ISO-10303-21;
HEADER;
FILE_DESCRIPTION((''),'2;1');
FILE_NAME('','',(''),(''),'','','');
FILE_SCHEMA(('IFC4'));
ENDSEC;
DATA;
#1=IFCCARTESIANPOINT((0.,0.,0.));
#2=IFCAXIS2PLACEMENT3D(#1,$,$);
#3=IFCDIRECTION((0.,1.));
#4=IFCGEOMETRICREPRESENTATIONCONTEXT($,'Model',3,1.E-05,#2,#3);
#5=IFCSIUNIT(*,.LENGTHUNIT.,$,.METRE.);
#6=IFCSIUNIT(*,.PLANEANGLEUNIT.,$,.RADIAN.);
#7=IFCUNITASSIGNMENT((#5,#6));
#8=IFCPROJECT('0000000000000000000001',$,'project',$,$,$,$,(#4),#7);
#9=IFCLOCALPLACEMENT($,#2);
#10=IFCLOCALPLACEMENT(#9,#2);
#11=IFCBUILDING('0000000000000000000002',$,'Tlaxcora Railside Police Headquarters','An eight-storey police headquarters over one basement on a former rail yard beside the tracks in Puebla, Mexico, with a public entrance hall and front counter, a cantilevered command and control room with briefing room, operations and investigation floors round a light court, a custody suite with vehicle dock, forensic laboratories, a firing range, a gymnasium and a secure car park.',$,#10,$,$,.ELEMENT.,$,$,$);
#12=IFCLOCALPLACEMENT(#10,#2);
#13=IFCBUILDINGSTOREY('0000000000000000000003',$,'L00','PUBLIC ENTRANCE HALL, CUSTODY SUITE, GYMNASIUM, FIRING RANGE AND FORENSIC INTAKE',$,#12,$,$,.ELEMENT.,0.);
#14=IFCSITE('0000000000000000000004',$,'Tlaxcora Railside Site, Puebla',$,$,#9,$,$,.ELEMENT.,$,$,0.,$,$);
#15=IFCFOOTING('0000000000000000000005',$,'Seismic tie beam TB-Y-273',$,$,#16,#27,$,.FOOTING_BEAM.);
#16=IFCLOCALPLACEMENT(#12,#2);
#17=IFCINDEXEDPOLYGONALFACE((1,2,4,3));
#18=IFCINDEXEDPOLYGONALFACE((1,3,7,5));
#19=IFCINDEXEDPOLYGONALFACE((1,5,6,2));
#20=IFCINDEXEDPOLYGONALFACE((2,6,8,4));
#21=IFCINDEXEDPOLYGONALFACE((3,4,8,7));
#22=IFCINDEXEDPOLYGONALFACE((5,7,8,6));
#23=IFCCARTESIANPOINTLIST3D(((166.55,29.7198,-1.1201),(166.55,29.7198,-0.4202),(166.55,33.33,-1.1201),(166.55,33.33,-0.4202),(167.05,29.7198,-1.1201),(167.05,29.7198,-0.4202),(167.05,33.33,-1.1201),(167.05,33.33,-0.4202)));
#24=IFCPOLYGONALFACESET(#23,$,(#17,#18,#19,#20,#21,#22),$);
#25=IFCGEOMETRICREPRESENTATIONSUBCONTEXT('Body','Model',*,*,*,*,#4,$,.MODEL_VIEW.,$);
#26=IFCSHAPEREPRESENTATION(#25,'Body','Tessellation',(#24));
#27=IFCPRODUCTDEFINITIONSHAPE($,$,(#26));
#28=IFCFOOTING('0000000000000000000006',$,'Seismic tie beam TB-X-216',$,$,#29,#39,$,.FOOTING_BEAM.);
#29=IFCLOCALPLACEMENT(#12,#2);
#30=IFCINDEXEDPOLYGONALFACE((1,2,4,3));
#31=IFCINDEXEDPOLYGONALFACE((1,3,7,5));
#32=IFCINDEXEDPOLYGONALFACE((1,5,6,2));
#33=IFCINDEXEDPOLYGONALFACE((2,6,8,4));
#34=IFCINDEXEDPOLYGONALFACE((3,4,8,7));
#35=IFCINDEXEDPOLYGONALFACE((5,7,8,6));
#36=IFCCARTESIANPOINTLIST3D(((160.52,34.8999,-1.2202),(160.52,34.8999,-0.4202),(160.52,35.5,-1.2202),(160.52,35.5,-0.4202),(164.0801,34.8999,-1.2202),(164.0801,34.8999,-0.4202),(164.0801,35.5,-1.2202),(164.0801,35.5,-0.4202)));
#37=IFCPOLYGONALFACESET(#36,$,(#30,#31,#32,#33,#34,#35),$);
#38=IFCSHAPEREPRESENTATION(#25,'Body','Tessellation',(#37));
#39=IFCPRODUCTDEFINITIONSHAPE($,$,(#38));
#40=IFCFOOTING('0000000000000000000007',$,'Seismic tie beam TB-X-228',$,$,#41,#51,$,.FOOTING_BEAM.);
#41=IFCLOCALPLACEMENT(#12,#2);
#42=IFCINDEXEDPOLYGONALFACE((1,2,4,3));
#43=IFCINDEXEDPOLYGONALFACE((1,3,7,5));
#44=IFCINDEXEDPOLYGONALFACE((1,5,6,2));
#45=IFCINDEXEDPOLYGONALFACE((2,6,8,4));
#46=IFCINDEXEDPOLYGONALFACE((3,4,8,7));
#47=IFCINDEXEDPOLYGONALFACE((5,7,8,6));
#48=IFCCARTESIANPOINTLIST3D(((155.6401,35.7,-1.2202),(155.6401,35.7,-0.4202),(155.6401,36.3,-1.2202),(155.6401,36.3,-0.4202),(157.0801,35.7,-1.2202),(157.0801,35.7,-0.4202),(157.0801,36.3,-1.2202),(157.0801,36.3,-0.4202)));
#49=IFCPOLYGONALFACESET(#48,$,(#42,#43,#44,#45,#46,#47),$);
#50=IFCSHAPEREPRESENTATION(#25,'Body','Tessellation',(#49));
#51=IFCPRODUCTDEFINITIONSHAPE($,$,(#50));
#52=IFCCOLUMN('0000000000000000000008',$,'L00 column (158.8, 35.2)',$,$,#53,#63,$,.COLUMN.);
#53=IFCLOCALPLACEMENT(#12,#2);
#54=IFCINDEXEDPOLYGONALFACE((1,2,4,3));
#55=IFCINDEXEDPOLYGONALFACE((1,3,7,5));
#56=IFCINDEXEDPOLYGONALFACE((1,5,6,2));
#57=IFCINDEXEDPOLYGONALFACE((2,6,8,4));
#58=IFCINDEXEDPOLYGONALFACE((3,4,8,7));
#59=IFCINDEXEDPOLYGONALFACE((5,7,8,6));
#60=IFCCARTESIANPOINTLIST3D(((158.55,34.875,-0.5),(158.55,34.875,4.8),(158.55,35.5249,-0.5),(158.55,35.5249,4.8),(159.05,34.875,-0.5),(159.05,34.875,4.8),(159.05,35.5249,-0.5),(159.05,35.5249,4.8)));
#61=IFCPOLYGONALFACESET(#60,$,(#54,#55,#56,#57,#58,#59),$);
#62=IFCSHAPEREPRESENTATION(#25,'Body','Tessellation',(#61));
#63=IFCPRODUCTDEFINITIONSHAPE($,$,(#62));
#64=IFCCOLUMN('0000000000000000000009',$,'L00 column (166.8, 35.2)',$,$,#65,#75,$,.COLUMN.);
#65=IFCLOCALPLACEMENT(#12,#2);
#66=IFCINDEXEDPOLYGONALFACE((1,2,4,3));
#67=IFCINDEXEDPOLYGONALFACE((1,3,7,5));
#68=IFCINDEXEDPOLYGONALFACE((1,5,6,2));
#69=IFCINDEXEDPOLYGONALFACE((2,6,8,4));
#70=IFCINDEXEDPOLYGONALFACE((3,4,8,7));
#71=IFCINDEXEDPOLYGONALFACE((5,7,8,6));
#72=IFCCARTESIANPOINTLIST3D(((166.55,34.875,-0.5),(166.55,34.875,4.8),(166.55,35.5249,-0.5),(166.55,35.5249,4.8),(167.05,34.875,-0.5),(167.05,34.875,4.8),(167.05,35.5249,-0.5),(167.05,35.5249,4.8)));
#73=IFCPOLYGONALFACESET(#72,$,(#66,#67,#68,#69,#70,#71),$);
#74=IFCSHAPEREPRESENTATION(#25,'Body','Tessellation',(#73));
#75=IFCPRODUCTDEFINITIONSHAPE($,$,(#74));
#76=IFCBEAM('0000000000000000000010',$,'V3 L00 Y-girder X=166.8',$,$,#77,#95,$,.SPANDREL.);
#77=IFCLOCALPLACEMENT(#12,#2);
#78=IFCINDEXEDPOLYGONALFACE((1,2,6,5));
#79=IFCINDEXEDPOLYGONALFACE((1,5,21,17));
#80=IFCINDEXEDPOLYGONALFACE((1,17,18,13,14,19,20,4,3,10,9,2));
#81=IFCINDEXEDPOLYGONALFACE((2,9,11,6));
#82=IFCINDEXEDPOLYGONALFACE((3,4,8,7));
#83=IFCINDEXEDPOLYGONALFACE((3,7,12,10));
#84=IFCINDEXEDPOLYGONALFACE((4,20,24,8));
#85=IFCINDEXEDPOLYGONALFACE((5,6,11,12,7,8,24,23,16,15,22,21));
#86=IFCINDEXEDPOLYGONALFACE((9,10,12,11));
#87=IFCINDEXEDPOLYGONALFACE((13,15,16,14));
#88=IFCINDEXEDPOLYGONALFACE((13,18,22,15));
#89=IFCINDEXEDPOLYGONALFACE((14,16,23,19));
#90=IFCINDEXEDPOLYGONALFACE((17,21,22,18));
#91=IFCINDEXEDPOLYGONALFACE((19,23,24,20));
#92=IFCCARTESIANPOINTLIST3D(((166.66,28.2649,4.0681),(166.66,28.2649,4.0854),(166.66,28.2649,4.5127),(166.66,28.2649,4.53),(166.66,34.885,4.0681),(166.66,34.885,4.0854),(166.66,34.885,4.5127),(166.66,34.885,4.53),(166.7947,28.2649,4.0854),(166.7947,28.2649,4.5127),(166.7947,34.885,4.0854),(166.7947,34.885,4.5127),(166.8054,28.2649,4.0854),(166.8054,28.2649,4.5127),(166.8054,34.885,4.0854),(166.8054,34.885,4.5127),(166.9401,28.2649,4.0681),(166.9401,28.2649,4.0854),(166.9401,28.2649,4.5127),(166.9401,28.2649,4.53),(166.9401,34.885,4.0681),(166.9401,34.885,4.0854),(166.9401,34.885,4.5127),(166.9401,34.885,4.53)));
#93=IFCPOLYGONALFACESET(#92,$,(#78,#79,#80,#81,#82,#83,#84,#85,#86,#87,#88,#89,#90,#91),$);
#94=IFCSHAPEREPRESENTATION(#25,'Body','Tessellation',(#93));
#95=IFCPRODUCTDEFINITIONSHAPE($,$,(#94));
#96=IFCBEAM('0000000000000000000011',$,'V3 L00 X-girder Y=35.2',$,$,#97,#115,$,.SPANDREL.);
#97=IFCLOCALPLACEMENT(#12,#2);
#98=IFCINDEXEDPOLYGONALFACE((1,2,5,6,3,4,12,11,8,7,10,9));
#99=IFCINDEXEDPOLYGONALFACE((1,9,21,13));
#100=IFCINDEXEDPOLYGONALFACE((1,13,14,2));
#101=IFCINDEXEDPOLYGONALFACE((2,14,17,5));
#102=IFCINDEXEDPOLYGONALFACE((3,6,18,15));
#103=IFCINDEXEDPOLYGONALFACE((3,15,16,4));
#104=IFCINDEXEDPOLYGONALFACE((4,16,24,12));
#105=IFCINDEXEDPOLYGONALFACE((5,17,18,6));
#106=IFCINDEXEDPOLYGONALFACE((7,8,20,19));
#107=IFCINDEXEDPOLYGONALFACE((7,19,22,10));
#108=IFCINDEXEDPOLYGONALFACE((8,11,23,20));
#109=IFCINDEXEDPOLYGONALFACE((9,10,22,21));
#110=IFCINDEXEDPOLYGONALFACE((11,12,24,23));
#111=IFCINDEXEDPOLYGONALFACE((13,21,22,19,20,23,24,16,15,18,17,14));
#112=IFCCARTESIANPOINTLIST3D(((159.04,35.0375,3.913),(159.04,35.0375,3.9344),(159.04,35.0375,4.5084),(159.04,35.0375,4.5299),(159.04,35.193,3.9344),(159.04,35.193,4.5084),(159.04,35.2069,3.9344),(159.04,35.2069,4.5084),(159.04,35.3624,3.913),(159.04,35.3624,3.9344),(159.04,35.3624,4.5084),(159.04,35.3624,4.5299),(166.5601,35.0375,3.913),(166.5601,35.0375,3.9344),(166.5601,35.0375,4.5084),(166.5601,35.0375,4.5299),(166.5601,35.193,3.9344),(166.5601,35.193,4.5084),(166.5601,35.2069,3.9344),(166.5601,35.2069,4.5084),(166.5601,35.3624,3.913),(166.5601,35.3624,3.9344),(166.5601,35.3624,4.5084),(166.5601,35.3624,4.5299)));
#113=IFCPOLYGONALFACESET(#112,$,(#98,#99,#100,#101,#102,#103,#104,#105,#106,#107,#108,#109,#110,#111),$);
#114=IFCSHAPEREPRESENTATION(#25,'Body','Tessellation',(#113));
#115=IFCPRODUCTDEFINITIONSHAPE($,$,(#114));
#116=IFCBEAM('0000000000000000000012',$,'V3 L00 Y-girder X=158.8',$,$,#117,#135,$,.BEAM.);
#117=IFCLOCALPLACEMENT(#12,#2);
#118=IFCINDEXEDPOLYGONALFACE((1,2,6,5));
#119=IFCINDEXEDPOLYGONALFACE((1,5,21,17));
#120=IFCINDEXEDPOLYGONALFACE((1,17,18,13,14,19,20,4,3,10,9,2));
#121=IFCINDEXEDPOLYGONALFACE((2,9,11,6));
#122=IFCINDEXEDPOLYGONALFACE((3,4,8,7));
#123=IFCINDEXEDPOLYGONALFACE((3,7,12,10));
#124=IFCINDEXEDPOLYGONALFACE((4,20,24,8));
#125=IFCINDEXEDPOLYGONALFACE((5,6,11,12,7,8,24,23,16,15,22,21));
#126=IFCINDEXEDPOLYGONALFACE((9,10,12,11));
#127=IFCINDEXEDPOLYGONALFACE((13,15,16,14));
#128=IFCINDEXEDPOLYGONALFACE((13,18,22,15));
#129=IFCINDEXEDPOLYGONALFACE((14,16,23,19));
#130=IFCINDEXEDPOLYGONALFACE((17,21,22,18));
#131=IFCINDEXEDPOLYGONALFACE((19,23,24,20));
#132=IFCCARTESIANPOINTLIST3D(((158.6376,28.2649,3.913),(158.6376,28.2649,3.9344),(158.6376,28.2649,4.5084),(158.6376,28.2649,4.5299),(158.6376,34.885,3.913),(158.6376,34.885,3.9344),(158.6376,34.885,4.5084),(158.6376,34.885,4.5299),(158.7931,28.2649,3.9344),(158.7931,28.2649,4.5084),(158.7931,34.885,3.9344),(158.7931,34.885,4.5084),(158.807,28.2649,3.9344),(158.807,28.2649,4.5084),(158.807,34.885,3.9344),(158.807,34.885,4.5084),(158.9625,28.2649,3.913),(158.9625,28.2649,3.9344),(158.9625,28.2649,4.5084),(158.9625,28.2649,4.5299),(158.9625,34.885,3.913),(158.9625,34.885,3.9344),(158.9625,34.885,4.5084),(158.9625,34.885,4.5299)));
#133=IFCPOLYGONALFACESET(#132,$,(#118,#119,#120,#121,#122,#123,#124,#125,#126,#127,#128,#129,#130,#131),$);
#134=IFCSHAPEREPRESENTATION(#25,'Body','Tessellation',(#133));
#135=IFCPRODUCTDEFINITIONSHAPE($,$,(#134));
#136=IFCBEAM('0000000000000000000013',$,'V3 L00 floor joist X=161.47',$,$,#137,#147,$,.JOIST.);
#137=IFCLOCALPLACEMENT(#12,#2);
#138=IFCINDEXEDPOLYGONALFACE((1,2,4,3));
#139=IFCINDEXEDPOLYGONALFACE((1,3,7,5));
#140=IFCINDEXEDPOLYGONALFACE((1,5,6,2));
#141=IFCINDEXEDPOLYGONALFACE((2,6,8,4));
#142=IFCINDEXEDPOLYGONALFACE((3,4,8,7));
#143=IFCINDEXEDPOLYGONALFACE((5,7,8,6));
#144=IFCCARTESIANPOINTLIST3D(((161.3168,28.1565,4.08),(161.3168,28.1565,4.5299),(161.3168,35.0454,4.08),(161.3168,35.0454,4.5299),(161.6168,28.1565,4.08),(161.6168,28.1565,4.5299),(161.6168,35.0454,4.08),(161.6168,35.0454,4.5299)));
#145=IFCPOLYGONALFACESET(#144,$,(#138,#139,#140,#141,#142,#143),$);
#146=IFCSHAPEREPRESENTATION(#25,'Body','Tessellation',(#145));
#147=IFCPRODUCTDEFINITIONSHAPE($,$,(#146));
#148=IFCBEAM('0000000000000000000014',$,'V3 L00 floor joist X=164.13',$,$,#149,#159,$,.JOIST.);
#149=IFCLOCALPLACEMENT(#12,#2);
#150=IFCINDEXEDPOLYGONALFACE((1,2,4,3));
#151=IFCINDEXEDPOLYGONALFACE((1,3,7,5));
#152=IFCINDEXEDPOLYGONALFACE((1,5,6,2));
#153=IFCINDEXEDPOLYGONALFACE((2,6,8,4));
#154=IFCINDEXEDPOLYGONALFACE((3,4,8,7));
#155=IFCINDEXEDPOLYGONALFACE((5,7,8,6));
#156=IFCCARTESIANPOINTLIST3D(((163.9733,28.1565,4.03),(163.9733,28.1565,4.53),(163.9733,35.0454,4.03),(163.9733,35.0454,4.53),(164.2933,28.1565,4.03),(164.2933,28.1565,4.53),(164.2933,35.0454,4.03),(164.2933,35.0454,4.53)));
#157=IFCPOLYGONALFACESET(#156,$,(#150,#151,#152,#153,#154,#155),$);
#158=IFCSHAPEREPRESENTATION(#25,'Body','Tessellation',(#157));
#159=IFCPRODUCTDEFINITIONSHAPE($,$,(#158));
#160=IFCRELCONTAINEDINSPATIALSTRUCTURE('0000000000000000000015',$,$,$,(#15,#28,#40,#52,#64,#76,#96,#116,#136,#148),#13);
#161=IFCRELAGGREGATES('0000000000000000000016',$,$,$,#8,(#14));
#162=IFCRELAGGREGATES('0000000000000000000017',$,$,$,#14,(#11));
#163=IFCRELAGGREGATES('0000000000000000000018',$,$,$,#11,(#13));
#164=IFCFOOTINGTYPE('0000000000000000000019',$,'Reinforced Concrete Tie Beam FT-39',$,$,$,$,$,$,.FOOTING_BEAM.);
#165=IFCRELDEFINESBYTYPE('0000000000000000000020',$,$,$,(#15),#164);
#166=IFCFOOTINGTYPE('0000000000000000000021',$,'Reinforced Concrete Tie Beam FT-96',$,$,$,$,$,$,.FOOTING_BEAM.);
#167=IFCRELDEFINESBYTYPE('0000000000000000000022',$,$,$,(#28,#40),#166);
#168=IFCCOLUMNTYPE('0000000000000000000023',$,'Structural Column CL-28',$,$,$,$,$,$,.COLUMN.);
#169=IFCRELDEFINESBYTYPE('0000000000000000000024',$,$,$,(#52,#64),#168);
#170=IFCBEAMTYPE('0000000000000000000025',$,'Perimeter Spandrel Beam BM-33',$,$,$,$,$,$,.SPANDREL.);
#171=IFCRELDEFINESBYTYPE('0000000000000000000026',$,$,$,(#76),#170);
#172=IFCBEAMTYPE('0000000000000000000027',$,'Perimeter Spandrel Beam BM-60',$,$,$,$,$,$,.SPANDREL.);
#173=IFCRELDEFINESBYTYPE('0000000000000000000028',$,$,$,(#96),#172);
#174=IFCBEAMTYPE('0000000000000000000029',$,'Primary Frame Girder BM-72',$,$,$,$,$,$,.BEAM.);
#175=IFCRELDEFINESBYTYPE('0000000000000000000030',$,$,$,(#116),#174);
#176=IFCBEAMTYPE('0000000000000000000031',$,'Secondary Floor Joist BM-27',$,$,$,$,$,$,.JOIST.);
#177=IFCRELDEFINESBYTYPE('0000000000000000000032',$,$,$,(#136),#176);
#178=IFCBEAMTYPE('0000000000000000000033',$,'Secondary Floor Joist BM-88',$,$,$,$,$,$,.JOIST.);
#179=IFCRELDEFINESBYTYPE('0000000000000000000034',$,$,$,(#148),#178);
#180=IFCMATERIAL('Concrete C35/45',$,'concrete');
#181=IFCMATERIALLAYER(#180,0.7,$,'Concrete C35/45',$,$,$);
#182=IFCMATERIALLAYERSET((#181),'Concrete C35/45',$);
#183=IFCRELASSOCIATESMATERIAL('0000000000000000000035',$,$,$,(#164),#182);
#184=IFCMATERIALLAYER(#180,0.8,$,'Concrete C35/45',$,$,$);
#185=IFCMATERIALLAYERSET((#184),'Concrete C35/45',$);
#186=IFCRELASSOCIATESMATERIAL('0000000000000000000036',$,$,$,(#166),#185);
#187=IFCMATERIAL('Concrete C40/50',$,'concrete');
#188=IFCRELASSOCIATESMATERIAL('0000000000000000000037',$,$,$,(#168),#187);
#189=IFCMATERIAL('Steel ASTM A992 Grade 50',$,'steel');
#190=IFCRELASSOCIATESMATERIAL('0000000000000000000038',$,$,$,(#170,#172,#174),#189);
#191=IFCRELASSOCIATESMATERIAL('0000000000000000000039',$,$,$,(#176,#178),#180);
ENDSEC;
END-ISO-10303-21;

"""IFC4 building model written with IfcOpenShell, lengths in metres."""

from ifc_helpers import new_model, si_unit, direction, frame, origin, origin_2d, place, context, subcontext, project, spatial, rectangle, i_section, extrude, material, layer, layer_set, material_profile, profile_set, type_object, element, save


model = new_model("IFC4")

# Units and contexts
model_context = context("Model", 3, precision=1e-05, world=origin(), true_north=direction((0.0, 1.0)))
body_context = subcontext(model_context, "Body", "Model", "MODEL_VIEW")
ifc_project = project(units=[si_unit("LENGTHUNIT", "METRE"), si_unit("PLANEANGLEUNIT", "RADIAN")], contexts=[model_context])

# Site, building, storey
site_placement = place(None, origin())
site = spatial("IfcSite", under=ifc_project, at=site_placement, Name="Tlaxcora Railside Site, Puebla", CompositionType="ELEMENT", RefElevation=0.0)
building_placement = place(site_placement, origin())
building = spatial("IfcBuilding", under=site, at=building_placement, Name="Tlaxcora Railside Police Headquarters", Description="An eight-storey police headquarters over one basement on a former rail yard beside the tracks in Puebla, Mexico, with a public entrance hall and front counter, a cantilevered command and control room with briefing room, operations and investigation floors round a light court, a custody suite with vehicle dock, forensic laboratories, a firing range, a gymnasium and a secure car park.", CompositionType="ELEMENT")
storey_placement = place(building_placement, origin())
storey = spatial("IfcBuildingStorey", under=building, at=storey_placement, Name="L00", Description="PUBLIC ENTRANCE HALL, CUSTODY SUITE, GYMNASIUM, FIRING RANGE AND FORENSIC INTAKE", CompositionType="ELEMENT", Elevation=0.0)

# Shared definitions
ifc_material_1 = material(Name="Concrete C35/45", Category="concrete")

# Footings
ifc_material_2 = material(Name="Concrete C40/50", Category="concrete")
ifc_layer_1 = layer(ifc_material_1, 0.7, Name="Concrete C35/45")
ifc_layer_set_1 = layer_set([ifc_layer_1], Name="Concrete C35/45")
footing_type_1 = type_object("IfcFootingType", Name="Reinforced Concrete Tie Beam FT-39", PredefinedType="FOOTING_BEAM", material=ifc_layer_set_1)
footing_1_placement = place(storey_placement, frame((166.8, 31.5249, -1.1201), z_axis=(0.0, 0.0, 1.0), x_axis=(0.0, 1.0, 0.0)))
element("IfcFooting", 1, at=footing_1_placement, inside=storey, type_object=footing_type_1, Name="Seismic tie beam TB-Y-273", PredefinedType="FOOTING_BEAM", context=body_context, shape_type="SweptSolid", body=[
    extrude(rectangle(XDim=3.6101, YDim=0.5, at=origin_2d()), origin(), (0.0, 0.0, 1.0), 0.7),
])
ifc_layer_2 = layer(ifc_material_1, 0.8, Name="Concrete C35/45")
ifc_layer_set_2 = layer_set([ifc_layer_2], Name="Concrete C35/45")
footing_type_2 = type_object("IfcFootingType", Name="Reinforced Concrete Tie Beam FT-96", PredefinedType="FOOTING_BEAM", material=ifc_layer_set_2)
footing_2_placement = place(storey_placement, frame((162.3, 35.2, -1.2202), z_axis=(0.0, 0.0, 1.0), x_axis=(1.0, 0.0, 0.0)))
element("IfcFooting", 2, at=footing_2_placement, inside=storey, type_object=footing_type_2, Name="Seismic tie beam TB-X-216", PredefinedType="FOOTING_BEAM", context=body_context, shape_type="SweptSolid", body=[
    extrude(rectangle(XDim=3.5601, YDim=0.6001, at=origin_2d()), origin(), (0.0, 0.0, 1.0), 0.8),
])
footing_3_placement = place(storey_placement, frame((156.3601, 36.0, -1.2202), z_axis=(0.0, 0.0, 1.0), x_axis=(1.0, 0.0, 0.0)))
element("IfcFooting", 3, at=footing_3_placement, inside=storey, type_object=footing_type_2, Name="Seismic tie beam TB-X-228", PredefinedType="FOOTING_BEAM", context=body_context, shape_type="SweptSolid", body=[
    extrude(rectangle(XDim=1.4399, YDim=0.6001, at=origin_2d()), origin(), (0.0, 0.0, 1.0), 0.8),
])

# Columns
ifc_material_profile_1 = material_profile(ifc_material_2, rectangle(XDim=0.5, YDim=0.6499, at=origin_2d()), Name="RC500X650")
ifc_profile_set_1 = profile_set([ifc_material_profile_1], Name="Concrete C40/50")
column_type = type_object("IfcColumnType", Name="Structural Column CL-28", PredefinedType="COLUMN", material=ifc_profile_set_1)
for number, where, z_axis, x_axis, name in (
    (4, (158.8, 35.2, -0.5), (0.0, 0.0, 1.0), (1.0, 0.0, 0.0), "L00 column (158.8, 35.2)"),
    (5, (166.8, 35.2, -0.5), (0.0, 0.0, 1.0), (1.0, 0.0, 0.0), "L00 column (166.8, 35.2)"),
):
    element("IfcColumn", number, at=place(storey_placement, frame(where, z_axis=z_axis, x_axis=x_axis)), inside=storey, type_object=column_type, Name=name, PredefinedType="COLUMN", context=body_context, shape_type="SweptSolid", body=[
        extrude(rectangle(XDim=0.5, YDim=0.6499, at=origin_2d()), origin(), (0.0, 0.0, 1.0), 5.3),
    ])

# Beams
ifc_material_3 = material(Name="Steel ASTM A992 Grade 50", Category="steel")
ifc_material_profile_2 = material_profile(ifc_material_3, i_section(OverallWidth=0.28, OverallDepth=0.4619, WebThickness=0.0107, FlangeThickness=0.0173, at=origin_2d()), Name="W18X76")
ifc_profile_set_2 = profile_set([ifc_material_profile_2], Name="Steel ASTM A992 Grade 50")
beam_type_1 = type_object("IfcBeamType", Name="Perimeter Spandrel Beam BM-33", PredefinedType="SPANDREL", material=ifc_profile_set_2)
beam_1_placement = place(storey_placement, frame((166.8, 28.2649, 4.2991), z_axis=(0.0, 1.0, 0.0), x_axis=(-1.0, 0.0, 0.0)))
element("IfcBeam", 6, at=beam_1_placement, inside=storey, type_object=beam_type_1, Name="V3 L00 Y-girder X=166.8", PredefinedType="SPANDREL", context=body_context, shape_type="SweptSolid", body=[
    extrude(i_section(OverallWidth=0.28, OverallDepth=0.4619, WebThickness=0.0107, FlangeThickness=0.0173, at=origin_2d()), origin(), (0.0, 0.0, 1.0), 6.6201),
])
ifc_material_profile_3 = material_profile(ifc_material_3, i_section(OverallWidth=0.325, OverallDepth=0.6169, WebThickness=0.0139, FlangeThickness=0.0215, at=origin_2d()), Name="W24X117")
ifc_profile_set_3 = profile_set([ifc_material_profile_3], Name="Steel ASTM A992 Grade 50")
beam_type_2 = type_object("IfcBeamType", Name="Perimeter Spandrel Beam BM-60", PredefinedType="SPANDREL", material=ifc_profile_set_3)
beam_2_placement = place(storey_placement, frame((159.04, 35.2, 4.2214), z_axis=(1.0, 0.0, 0.0), x_axis=(0.0, 1.0, 0.0)))
element("IfcBeam", 7, at=beam_2_placement, inside=storey, type_object=beam_type_2, Name="V3 L00 X-girder Y=35.2", PredefinedType="SPANDREL", context=body_context, shape_type="SweptSolid", body=[
    extrude(i_section(OverallWidth=0.325, OverallDepth=0.6169, WebThickness=0.0139, FlangeThickness=0.0215, at=origin_2d()), origin(), (0.0, 0.0, 1.0), 7.52),
])
ifc_material_profile_4 = material_profile(ifc_material_3, i_section(OverallWidth=0.325, OverallDepth=0.6169, WebThickness=0.0139, FlangeThickness=0.0215, at=origin_2d()), Name="W24X117")
ifc_profile_set_4 = profile_set([ifc_material_profile_4], Name="Steel ASTM A992 Grade 50")
beam_type_3 = type_object("IfcBeamType", Name="Primary Frame Girder BM-72", PredefinedType="BEAM", material=ifc_profile_set_4)
beam_3_placement = place(storey_placement, frame((158.8, 28.2649, 4.2214), z_axis=(0.0, 1.0, 0.0), x_axis=(-1.0, 0.0, 0.0)))
element("IfcBeam", 8, at=beam_3_placement, inside=storey, type_object=beam_type_3, Name="V3 L00 Y-girder X=158.8", PredefinedType="BEAM", context=body_context, shape_type="SweptSolid", body=[
    extrude(i_section(OverallWidth=0.325, OverallDepth=0.6169, WebThickness=0.0139, FlangeThickness=0.0215, at=origin_2d()), origin(), (0.0, 0.0, 1.0), 6.6201),
])
ifc_material_profile_5 = material_profile(ifc_material_1, rectangle(XDim=0.3, YDim=0.45, at=origin_2d()), Name="RC300X450")
ifc_profile_set_5 = profile_set([ifc_material_profile_5], Name="Concrete C35/45")
beam_type_4 = type_object("IfcBeamType", Name="Secondary Floor Joist BM-27", PredefinedType="JOIST", material=ifc_profile_set_5)
beam_4_placement = place(storey_placement, frame((161.4668, 28.1565, 4.3049), z_axis=(0.0, 1.0, 0.0), x_axis=(-1.0, 0.0, 0.0)))
element("IfcBeam", 9, at=beam_4_placement, inside=storey, type_object=beam_type_4, Name="V3 L00 floor joist X=161.47", PredefinedType="JOIST", context=body_context, shape_type="SweptSolid", body=[
    extrude(rectangle(XDim=0.3, YDim=0.45, at=origin_2d()), origin(), (0.0, 0.0, 1.0), 6.8889),
])
ifc_material_profile_6 = material_profile(ifc_material_1, rectangle(XDim=0.3201, YDim=0.5, at=origin_2d()), Name="RC320X500")
ifc_profile_set_6 = profile_set([ifc_material_profile_6], Name="Concrete C35/45")
beam_type_5 = type_object("IfcBeamType", Name="Secondary Floor Joist BM-88", PredefinedType="JOIST", material=ifc_profile_set_6)
beam_5_placement = place(storey_placement, frame((164.1333, 28.1565, 4.28), z_axis=(0.0, 1.0, 0.0), x_axis=(-1.0, 0.0, 0.0)))
element("IfcBeam", 10, at=beam_5_placement, inside=storey, type_object=beam_type_5, Name="V3 L00 floor joist X=164.13", PredefinedType="JOIST", context=body_context, shape_type="SweptSolid", body=[
    extrude(rectangle(XDim=0.3201, YDim=0.5, at=origin_2d()), origin(), (0.0, 0.0, 1.0), 6.8889),
])

save(model, "model.ifc")
